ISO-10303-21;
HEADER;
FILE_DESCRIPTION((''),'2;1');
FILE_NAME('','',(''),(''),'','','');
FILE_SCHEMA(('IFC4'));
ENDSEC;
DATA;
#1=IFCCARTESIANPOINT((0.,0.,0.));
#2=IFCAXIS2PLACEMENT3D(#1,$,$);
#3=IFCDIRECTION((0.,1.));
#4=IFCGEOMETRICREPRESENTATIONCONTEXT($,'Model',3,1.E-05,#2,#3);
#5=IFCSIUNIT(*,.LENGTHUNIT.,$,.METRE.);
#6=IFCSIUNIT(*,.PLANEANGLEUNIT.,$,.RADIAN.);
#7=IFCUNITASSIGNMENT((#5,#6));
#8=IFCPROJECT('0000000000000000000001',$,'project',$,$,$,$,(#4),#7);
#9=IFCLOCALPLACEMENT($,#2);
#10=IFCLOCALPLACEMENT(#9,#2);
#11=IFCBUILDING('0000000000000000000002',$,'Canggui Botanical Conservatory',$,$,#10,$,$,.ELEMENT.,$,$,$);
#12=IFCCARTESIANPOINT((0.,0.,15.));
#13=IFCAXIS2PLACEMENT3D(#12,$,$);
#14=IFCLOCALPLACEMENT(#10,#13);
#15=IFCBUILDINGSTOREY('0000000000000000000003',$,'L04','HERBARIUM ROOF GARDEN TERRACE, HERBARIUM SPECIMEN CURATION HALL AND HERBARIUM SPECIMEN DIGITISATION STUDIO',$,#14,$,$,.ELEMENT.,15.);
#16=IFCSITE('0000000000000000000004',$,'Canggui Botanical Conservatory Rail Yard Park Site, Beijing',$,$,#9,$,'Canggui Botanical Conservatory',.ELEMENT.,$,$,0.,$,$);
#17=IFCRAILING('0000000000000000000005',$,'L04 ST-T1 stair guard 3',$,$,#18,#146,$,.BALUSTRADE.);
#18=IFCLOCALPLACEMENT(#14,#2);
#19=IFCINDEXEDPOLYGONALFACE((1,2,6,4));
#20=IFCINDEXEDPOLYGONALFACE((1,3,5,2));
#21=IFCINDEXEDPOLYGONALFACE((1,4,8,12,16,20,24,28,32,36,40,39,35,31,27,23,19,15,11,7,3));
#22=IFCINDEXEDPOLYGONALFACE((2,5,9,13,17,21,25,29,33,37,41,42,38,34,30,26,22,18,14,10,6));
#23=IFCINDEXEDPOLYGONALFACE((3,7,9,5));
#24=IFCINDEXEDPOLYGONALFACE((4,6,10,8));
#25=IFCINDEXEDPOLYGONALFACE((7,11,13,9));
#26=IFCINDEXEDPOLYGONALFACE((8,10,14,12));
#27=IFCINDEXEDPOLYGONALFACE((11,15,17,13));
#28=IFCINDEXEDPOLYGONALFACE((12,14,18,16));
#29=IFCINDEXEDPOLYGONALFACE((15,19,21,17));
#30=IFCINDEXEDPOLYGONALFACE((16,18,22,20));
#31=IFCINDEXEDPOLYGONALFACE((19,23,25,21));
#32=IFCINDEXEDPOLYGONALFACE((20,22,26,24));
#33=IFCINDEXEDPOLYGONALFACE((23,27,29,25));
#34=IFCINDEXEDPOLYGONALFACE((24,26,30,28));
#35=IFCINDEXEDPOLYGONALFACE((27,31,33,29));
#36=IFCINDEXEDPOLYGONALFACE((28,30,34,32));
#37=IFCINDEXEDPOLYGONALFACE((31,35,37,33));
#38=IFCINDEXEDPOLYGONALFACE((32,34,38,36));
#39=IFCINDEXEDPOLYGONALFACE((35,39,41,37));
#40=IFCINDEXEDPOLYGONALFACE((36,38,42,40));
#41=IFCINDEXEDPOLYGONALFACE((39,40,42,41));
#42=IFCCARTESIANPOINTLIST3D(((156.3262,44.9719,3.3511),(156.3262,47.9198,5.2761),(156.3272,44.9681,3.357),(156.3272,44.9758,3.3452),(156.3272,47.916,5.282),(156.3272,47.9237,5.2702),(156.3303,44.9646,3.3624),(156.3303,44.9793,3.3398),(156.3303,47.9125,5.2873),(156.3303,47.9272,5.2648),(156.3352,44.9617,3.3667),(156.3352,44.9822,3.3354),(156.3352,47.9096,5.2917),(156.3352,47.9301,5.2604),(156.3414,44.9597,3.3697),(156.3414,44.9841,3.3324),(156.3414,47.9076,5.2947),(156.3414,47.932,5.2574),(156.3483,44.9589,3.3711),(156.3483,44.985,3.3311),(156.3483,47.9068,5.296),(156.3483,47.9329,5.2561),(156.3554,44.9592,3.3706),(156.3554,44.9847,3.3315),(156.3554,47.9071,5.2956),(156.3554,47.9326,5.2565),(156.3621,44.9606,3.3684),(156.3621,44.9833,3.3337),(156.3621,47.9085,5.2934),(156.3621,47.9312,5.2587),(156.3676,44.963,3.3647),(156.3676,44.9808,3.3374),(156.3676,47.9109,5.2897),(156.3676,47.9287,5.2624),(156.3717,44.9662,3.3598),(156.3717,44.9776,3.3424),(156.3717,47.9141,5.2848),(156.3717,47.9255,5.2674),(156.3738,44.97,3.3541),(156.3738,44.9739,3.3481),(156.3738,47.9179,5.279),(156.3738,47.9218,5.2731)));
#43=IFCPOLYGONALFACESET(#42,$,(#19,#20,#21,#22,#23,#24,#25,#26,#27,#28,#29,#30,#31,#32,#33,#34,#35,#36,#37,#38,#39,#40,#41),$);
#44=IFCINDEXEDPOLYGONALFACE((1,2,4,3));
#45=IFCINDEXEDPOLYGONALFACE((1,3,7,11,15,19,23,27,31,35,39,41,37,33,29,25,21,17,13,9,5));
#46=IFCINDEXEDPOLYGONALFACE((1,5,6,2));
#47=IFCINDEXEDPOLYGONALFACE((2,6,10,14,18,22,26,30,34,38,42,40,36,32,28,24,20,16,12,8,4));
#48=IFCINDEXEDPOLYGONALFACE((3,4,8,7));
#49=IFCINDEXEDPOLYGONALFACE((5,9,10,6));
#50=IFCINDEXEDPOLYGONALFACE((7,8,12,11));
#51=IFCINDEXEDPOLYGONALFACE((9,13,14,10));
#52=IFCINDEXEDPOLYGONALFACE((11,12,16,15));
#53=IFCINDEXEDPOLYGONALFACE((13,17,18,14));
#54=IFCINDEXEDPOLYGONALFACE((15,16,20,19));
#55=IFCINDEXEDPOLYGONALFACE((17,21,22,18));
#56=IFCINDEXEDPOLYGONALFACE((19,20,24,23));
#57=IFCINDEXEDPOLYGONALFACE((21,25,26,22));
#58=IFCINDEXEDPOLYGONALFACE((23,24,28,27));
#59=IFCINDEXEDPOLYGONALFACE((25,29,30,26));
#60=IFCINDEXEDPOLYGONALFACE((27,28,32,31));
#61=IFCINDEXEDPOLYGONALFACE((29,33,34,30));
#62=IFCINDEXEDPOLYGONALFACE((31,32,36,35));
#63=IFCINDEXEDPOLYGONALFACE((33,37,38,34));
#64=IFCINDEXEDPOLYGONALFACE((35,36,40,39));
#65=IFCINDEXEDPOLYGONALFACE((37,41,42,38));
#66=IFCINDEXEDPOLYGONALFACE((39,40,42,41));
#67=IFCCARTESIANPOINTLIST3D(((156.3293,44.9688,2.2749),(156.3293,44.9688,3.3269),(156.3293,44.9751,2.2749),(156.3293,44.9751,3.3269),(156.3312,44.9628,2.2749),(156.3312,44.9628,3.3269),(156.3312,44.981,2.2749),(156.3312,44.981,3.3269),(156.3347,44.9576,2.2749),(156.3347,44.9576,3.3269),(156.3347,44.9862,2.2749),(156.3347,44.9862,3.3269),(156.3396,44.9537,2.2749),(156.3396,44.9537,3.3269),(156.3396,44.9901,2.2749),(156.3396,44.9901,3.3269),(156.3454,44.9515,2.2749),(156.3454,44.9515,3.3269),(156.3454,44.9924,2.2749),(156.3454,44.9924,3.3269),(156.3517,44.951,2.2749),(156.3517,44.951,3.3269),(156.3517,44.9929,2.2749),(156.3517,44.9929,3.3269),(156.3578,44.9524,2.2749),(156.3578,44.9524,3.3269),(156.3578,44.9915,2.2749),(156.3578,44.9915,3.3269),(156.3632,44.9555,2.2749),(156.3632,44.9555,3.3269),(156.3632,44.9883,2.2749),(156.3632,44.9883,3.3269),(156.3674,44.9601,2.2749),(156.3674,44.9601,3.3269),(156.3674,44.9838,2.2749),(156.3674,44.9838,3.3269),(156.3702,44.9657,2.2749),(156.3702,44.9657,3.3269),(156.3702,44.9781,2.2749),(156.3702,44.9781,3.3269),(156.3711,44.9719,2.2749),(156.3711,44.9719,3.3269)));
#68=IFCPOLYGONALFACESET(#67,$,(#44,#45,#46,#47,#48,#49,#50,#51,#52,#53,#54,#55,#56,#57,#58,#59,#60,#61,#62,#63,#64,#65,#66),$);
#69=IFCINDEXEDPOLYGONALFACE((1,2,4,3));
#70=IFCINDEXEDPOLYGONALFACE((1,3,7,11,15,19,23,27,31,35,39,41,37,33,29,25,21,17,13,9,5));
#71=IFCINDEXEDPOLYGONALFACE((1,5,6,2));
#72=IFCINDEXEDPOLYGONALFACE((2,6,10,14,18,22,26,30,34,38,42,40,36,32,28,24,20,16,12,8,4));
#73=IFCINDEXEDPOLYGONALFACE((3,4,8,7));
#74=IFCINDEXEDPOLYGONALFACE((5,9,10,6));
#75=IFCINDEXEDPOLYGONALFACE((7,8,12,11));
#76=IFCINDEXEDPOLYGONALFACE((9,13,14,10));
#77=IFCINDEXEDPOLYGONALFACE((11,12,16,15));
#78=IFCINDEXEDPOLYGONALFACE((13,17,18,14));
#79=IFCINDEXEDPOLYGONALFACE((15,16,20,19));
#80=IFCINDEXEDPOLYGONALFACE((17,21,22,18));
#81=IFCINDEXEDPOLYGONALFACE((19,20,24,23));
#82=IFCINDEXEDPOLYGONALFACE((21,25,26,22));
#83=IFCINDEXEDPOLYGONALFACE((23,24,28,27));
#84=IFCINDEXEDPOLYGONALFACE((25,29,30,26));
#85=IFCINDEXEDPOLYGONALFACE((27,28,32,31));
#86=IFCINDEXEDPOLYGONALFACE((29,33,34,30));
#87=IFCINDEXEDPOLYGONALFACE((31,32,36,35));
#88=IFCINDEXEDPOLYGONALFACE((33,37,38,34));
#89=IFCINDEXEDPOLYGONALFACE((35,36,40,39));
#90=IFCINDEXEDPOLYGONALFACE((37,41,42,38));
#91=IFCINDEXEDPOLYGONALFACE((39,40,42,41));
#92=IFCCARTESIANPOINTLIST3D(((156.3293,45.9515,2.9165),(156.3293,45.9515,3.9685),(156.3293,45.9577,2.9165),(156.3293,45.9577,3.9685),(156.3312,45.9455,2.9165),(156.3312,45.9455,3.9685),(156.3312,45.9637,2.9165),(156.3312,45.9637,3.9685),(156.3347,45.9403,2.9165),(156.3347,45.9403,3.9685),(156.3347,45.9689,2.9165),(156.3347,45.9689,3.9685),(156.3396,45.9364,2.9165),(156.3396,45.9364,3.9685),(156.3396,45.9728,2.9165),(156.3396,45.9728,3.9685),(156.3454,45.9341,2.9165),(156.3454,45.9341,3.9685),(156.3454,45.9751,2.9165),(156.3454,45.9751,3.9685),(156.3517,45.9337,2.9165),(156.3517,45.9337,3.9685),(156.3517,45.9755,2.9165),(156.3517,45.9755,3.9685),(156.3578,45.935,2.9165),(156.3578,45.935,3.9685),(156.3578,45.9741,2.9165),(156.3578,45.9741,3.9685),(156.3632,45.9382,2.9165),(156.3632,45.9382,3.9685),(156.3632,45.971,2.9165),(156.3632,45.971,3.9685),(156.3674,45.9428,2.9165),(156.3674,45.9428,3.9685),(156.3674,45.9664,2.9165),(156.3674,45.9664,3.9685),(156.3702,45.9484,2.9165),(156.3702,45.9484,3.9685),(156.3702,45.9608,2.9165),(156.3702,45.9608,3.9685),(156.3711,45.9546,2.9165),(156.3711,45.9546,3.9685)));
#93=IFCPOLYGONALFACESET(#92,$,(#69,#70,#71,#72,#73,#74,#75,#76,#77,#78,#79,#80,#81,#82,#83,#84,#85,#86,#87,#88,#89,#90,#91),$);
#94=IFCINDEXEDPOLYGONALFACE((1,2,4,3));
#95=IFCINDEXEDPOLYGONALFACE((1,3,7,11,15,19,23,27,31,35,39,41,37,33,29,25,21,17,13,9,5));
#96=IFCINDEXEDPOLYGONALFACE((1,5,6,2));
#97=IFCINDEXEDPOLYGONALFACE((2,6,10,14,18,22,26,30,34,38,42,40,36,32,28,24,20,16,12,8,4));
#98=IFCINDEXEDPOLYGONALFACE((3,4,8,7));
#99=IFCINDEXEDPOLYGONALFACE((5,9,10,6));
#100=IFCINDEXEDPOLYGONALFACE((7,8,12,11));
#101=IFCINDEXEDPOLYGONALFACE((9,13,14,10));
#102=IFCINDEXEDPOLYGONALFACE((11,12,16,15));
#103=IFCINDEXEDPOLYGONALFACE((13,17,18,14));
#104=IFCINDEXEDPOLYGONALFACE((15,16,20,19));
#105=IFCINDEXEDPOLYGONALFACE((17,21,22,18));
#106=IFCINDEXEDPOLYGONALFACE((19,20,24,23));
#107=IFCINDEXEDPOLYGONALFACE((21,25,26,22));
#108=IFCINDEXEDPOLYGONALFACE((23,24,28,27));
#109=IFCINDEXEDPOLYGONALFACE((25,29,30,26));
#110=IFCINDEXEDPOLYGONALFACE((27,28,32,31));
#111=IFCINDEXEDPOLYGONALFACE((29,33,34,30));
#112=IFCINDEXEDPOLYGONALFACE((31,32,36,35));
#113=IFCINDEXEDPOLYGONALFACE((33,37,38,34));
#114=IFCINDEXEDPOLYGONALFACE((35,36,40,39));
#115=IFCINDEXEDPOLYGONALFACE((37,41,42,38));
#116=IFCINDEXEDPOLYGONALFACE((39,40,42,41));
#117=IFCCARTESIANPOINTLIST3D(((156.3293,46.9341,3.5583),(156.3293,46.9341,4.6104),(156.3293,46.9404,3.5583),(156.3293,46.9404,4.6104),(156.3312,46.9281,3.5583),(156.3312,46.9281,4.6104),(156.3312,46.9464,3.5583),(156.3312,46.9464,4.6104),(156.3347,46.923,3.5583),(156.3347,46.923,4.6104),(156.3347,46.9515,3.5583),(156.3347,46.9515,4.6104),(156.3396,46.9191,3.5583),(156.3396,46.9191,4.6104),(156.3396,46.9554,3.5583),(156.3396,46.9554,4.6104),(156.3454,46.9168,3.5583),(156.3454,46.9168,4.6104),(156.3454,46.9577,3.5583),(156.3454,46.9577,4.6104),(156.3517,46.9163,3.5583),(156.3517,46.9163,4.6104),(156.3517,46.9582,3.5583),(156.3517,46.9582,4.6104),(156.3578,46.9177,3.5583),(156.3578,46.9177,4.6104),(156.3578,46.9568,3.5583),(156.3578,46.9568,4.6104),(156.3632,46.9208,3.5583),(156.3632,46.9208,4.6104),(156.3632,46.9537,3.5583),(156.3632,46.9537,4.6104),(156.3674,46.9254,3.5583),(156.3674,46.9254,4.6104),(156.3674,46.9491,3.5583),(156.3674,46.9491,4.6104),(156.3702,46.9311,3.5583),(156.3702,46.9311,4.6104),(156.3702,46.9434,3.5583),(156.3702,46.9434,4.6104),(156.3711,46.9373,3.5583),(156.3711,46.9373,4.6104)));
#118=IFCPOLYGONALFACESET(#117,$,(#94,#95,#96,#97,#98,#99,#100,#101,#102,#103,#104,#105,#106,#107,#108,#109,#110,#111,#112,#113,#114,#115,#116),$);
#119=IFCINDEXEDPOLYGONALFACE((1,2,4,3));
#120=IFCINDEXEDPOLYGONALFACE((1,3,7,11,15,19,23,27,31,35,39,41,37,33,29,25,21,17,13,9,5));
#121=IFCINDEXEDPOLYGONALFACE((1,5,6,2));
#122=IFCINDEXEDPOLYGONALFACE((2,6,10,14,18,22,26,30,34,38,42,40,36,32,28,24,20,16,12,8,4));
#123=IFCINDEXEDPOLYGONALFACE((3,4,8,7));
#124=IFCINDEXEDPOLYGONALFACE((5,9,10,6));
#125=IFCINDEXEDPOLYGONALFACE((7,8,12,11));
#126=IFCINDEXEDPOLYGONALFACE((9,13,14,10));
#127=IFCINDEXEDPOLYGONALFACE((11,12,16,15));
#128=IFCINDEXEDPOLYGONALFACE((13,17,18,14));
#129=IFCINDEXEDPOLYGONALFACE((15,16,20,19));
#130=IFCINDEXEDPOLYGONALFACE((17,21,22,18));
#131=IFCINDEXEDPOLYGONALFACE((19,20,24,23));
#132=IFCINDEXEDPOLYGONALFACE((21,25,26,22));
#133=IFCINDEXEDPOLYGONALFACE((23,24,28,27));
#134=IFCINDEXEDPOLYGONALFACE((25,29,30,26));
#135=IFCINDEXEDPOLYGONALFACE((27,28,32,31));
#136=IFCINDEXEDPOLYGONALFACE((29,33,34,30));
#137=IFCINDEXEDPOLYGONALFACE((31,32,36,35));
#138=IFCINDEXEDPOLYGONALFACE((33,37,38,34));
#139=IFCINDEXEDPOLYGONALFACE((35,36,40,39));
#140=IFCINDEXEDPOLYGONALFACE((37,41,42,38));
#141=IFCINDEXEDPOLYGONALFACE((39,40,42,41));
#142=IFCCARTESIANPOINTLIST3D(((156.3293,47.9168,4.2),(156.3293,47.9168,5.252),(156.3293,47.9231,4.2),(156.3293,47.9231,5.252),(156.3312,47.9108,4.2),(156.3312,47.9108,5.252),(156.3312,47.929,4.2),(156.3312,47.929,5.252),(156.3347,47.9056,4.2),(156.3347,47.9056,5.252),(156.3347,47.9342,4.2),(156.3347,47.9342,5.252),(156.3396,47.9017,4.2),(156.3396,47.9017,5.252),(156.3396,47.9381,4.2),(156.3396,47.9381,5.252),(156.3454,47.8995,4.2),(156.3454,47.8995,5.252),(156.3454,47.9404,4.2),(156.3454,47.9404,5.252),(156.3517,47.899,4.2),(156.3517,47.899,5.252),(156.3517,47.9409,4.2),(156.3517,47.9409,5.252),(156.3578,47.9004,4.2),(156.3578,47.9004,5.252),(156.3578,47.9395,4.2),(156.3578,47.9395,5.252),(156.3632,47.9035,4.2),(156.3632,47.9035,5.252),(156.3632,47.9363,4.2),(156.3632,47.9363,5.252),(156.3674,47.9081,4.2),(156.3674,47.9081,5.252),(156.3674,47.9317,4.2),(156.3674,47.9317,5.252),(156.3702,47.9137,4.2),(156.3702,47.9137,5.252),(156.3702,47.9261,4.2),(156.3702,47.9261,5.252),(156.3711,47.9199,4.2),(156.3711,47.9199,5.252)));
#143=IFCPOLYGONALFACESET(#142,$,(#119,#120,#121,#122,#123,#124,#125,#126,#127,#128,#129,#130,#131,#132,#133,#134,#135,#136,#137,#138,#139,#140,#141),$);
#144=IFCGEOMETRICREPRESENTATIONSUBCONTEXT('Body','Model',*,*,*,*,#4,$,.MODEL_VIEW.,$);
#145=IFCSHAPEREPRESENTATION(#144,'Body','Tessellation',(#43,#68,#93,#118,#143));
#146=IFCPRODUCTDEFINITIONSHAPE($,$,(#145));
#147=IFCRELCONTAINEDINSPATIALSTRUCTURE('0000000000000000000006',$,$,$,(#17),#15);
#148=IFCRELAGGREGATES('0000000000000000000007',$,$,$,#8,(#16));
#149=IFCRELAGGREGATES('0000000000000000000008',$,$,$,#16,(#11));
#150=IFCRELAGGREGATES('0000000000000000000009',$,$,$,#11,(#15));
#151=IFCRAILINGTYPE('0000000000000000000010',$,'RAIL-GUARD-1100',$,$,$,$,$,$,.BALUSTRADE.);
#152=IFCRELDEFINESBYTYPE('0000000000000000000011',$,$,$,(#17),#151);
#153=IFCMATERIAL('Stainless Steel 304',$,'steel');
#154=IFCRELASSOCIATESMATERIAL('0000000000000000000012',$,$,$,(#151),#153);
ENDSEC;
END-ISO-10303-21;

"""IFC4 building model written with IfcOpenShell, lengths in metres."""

from ifc_helpers import new_model, si_unit, direction, frame, origin, origin_2d, place, context, subcontext, project, spatial, circle, extrude, material, type_object, element, save


model = new_model("IFC4")

# Units and contexts
model_context = context("Model", 3, precision=1e-05, world=origin(), true_north=direction((0.0, 1.0)))
body_context = subcontext(model_context, "Body", "Model", "MODEL_VIEW")
ifc_project = project(units=[si_unit("LENGTHUNIT", "METRE"), si_unit("PLANEANGLEUNIT", "RADIAN")], contexts=[model_context])

# Site, building, storey
site_placement = place(None, origin())
site = spatial("IfcSite", under=ifc_project, at=site_placement, Name="Canggui Botanical Conservatory Rail Yard Park Site, Beijing", LongName="Canggui Botanical Conservatory", CompositionType="ELEMENT", RefElevation=0.0)
building_placement = place(site_placement, origin())
building = spatial("IfcBuilding", under=site, at=building_placement, Name="Canggui Botanical Conservatory", CompositionType="ELEMENT")
storey_placement = place(building_placement, frame((0.0, 0.0, 15.0)))
storey = spatial("IfcBuildingStorey", under=building, at=storey_placement, Name="L04", Description="HERBARIUM ROOF GARDEN TERRACE, HERBARIUM SPECIMEN CURATION HALL AND HERBARIUM SPECIMEN DIGITISATION STUDIO", CompositionType="ELEMENT", Elevation=15.0)

# Shared definitions
ifc_material_1 = material(Name="Stainless Steel 304", Category="steel")

# Railing
railing_type = type_object("IfcRailingType", Name="RAIL-GUARD-1100", PredefinedType="BALUSTRADE", material=ifc_material_1)
railing_1_placement = place(storey_placement, frame((156.3501, 44.9719, 2.2749)))
element("IfcRailing", 1, at=railing_1_placement, inside=storey, type_object=railing_type, Name="L04 ST-T1 stair guard 3", PredefinedType="BALUSTRADE", context=body_context, shape_type="SweptSolid", body=[
    extrude(circle(Radius=0.0239, at=origin_2d()), frame((0.0, 0.0, 1.0762), z_axis=(0.0, 0.837293, 0.546754), x_axis=(-1.0, 0.0, 0.0)), (0.0, 0.0, 1.0), 3.5208),
    extrude(circle(Radius=0.021, at=origin_2d()), origin(), (0.0, 0.0, 1.0), 1.052),
    extrude(circle(Radius=0.021, at=origin_2d()), frame((0.0, 0.9827, 0.6416)), (0.0, 0.0, 1.0), 1.052),
    extrude(circle(Radius=0.021, at=origin_2d()), frame((0.0, 1.9653, 1.2834)), (0.0, 0.0, 1.0), 1.052),
    extrude(circle(Radius=0.021, at=origin_2d()), frame((0.0, 2.948, 1.925)), (0.0, 0.0, 1.0), 1.052),
])

save(model, "model.ifc")
